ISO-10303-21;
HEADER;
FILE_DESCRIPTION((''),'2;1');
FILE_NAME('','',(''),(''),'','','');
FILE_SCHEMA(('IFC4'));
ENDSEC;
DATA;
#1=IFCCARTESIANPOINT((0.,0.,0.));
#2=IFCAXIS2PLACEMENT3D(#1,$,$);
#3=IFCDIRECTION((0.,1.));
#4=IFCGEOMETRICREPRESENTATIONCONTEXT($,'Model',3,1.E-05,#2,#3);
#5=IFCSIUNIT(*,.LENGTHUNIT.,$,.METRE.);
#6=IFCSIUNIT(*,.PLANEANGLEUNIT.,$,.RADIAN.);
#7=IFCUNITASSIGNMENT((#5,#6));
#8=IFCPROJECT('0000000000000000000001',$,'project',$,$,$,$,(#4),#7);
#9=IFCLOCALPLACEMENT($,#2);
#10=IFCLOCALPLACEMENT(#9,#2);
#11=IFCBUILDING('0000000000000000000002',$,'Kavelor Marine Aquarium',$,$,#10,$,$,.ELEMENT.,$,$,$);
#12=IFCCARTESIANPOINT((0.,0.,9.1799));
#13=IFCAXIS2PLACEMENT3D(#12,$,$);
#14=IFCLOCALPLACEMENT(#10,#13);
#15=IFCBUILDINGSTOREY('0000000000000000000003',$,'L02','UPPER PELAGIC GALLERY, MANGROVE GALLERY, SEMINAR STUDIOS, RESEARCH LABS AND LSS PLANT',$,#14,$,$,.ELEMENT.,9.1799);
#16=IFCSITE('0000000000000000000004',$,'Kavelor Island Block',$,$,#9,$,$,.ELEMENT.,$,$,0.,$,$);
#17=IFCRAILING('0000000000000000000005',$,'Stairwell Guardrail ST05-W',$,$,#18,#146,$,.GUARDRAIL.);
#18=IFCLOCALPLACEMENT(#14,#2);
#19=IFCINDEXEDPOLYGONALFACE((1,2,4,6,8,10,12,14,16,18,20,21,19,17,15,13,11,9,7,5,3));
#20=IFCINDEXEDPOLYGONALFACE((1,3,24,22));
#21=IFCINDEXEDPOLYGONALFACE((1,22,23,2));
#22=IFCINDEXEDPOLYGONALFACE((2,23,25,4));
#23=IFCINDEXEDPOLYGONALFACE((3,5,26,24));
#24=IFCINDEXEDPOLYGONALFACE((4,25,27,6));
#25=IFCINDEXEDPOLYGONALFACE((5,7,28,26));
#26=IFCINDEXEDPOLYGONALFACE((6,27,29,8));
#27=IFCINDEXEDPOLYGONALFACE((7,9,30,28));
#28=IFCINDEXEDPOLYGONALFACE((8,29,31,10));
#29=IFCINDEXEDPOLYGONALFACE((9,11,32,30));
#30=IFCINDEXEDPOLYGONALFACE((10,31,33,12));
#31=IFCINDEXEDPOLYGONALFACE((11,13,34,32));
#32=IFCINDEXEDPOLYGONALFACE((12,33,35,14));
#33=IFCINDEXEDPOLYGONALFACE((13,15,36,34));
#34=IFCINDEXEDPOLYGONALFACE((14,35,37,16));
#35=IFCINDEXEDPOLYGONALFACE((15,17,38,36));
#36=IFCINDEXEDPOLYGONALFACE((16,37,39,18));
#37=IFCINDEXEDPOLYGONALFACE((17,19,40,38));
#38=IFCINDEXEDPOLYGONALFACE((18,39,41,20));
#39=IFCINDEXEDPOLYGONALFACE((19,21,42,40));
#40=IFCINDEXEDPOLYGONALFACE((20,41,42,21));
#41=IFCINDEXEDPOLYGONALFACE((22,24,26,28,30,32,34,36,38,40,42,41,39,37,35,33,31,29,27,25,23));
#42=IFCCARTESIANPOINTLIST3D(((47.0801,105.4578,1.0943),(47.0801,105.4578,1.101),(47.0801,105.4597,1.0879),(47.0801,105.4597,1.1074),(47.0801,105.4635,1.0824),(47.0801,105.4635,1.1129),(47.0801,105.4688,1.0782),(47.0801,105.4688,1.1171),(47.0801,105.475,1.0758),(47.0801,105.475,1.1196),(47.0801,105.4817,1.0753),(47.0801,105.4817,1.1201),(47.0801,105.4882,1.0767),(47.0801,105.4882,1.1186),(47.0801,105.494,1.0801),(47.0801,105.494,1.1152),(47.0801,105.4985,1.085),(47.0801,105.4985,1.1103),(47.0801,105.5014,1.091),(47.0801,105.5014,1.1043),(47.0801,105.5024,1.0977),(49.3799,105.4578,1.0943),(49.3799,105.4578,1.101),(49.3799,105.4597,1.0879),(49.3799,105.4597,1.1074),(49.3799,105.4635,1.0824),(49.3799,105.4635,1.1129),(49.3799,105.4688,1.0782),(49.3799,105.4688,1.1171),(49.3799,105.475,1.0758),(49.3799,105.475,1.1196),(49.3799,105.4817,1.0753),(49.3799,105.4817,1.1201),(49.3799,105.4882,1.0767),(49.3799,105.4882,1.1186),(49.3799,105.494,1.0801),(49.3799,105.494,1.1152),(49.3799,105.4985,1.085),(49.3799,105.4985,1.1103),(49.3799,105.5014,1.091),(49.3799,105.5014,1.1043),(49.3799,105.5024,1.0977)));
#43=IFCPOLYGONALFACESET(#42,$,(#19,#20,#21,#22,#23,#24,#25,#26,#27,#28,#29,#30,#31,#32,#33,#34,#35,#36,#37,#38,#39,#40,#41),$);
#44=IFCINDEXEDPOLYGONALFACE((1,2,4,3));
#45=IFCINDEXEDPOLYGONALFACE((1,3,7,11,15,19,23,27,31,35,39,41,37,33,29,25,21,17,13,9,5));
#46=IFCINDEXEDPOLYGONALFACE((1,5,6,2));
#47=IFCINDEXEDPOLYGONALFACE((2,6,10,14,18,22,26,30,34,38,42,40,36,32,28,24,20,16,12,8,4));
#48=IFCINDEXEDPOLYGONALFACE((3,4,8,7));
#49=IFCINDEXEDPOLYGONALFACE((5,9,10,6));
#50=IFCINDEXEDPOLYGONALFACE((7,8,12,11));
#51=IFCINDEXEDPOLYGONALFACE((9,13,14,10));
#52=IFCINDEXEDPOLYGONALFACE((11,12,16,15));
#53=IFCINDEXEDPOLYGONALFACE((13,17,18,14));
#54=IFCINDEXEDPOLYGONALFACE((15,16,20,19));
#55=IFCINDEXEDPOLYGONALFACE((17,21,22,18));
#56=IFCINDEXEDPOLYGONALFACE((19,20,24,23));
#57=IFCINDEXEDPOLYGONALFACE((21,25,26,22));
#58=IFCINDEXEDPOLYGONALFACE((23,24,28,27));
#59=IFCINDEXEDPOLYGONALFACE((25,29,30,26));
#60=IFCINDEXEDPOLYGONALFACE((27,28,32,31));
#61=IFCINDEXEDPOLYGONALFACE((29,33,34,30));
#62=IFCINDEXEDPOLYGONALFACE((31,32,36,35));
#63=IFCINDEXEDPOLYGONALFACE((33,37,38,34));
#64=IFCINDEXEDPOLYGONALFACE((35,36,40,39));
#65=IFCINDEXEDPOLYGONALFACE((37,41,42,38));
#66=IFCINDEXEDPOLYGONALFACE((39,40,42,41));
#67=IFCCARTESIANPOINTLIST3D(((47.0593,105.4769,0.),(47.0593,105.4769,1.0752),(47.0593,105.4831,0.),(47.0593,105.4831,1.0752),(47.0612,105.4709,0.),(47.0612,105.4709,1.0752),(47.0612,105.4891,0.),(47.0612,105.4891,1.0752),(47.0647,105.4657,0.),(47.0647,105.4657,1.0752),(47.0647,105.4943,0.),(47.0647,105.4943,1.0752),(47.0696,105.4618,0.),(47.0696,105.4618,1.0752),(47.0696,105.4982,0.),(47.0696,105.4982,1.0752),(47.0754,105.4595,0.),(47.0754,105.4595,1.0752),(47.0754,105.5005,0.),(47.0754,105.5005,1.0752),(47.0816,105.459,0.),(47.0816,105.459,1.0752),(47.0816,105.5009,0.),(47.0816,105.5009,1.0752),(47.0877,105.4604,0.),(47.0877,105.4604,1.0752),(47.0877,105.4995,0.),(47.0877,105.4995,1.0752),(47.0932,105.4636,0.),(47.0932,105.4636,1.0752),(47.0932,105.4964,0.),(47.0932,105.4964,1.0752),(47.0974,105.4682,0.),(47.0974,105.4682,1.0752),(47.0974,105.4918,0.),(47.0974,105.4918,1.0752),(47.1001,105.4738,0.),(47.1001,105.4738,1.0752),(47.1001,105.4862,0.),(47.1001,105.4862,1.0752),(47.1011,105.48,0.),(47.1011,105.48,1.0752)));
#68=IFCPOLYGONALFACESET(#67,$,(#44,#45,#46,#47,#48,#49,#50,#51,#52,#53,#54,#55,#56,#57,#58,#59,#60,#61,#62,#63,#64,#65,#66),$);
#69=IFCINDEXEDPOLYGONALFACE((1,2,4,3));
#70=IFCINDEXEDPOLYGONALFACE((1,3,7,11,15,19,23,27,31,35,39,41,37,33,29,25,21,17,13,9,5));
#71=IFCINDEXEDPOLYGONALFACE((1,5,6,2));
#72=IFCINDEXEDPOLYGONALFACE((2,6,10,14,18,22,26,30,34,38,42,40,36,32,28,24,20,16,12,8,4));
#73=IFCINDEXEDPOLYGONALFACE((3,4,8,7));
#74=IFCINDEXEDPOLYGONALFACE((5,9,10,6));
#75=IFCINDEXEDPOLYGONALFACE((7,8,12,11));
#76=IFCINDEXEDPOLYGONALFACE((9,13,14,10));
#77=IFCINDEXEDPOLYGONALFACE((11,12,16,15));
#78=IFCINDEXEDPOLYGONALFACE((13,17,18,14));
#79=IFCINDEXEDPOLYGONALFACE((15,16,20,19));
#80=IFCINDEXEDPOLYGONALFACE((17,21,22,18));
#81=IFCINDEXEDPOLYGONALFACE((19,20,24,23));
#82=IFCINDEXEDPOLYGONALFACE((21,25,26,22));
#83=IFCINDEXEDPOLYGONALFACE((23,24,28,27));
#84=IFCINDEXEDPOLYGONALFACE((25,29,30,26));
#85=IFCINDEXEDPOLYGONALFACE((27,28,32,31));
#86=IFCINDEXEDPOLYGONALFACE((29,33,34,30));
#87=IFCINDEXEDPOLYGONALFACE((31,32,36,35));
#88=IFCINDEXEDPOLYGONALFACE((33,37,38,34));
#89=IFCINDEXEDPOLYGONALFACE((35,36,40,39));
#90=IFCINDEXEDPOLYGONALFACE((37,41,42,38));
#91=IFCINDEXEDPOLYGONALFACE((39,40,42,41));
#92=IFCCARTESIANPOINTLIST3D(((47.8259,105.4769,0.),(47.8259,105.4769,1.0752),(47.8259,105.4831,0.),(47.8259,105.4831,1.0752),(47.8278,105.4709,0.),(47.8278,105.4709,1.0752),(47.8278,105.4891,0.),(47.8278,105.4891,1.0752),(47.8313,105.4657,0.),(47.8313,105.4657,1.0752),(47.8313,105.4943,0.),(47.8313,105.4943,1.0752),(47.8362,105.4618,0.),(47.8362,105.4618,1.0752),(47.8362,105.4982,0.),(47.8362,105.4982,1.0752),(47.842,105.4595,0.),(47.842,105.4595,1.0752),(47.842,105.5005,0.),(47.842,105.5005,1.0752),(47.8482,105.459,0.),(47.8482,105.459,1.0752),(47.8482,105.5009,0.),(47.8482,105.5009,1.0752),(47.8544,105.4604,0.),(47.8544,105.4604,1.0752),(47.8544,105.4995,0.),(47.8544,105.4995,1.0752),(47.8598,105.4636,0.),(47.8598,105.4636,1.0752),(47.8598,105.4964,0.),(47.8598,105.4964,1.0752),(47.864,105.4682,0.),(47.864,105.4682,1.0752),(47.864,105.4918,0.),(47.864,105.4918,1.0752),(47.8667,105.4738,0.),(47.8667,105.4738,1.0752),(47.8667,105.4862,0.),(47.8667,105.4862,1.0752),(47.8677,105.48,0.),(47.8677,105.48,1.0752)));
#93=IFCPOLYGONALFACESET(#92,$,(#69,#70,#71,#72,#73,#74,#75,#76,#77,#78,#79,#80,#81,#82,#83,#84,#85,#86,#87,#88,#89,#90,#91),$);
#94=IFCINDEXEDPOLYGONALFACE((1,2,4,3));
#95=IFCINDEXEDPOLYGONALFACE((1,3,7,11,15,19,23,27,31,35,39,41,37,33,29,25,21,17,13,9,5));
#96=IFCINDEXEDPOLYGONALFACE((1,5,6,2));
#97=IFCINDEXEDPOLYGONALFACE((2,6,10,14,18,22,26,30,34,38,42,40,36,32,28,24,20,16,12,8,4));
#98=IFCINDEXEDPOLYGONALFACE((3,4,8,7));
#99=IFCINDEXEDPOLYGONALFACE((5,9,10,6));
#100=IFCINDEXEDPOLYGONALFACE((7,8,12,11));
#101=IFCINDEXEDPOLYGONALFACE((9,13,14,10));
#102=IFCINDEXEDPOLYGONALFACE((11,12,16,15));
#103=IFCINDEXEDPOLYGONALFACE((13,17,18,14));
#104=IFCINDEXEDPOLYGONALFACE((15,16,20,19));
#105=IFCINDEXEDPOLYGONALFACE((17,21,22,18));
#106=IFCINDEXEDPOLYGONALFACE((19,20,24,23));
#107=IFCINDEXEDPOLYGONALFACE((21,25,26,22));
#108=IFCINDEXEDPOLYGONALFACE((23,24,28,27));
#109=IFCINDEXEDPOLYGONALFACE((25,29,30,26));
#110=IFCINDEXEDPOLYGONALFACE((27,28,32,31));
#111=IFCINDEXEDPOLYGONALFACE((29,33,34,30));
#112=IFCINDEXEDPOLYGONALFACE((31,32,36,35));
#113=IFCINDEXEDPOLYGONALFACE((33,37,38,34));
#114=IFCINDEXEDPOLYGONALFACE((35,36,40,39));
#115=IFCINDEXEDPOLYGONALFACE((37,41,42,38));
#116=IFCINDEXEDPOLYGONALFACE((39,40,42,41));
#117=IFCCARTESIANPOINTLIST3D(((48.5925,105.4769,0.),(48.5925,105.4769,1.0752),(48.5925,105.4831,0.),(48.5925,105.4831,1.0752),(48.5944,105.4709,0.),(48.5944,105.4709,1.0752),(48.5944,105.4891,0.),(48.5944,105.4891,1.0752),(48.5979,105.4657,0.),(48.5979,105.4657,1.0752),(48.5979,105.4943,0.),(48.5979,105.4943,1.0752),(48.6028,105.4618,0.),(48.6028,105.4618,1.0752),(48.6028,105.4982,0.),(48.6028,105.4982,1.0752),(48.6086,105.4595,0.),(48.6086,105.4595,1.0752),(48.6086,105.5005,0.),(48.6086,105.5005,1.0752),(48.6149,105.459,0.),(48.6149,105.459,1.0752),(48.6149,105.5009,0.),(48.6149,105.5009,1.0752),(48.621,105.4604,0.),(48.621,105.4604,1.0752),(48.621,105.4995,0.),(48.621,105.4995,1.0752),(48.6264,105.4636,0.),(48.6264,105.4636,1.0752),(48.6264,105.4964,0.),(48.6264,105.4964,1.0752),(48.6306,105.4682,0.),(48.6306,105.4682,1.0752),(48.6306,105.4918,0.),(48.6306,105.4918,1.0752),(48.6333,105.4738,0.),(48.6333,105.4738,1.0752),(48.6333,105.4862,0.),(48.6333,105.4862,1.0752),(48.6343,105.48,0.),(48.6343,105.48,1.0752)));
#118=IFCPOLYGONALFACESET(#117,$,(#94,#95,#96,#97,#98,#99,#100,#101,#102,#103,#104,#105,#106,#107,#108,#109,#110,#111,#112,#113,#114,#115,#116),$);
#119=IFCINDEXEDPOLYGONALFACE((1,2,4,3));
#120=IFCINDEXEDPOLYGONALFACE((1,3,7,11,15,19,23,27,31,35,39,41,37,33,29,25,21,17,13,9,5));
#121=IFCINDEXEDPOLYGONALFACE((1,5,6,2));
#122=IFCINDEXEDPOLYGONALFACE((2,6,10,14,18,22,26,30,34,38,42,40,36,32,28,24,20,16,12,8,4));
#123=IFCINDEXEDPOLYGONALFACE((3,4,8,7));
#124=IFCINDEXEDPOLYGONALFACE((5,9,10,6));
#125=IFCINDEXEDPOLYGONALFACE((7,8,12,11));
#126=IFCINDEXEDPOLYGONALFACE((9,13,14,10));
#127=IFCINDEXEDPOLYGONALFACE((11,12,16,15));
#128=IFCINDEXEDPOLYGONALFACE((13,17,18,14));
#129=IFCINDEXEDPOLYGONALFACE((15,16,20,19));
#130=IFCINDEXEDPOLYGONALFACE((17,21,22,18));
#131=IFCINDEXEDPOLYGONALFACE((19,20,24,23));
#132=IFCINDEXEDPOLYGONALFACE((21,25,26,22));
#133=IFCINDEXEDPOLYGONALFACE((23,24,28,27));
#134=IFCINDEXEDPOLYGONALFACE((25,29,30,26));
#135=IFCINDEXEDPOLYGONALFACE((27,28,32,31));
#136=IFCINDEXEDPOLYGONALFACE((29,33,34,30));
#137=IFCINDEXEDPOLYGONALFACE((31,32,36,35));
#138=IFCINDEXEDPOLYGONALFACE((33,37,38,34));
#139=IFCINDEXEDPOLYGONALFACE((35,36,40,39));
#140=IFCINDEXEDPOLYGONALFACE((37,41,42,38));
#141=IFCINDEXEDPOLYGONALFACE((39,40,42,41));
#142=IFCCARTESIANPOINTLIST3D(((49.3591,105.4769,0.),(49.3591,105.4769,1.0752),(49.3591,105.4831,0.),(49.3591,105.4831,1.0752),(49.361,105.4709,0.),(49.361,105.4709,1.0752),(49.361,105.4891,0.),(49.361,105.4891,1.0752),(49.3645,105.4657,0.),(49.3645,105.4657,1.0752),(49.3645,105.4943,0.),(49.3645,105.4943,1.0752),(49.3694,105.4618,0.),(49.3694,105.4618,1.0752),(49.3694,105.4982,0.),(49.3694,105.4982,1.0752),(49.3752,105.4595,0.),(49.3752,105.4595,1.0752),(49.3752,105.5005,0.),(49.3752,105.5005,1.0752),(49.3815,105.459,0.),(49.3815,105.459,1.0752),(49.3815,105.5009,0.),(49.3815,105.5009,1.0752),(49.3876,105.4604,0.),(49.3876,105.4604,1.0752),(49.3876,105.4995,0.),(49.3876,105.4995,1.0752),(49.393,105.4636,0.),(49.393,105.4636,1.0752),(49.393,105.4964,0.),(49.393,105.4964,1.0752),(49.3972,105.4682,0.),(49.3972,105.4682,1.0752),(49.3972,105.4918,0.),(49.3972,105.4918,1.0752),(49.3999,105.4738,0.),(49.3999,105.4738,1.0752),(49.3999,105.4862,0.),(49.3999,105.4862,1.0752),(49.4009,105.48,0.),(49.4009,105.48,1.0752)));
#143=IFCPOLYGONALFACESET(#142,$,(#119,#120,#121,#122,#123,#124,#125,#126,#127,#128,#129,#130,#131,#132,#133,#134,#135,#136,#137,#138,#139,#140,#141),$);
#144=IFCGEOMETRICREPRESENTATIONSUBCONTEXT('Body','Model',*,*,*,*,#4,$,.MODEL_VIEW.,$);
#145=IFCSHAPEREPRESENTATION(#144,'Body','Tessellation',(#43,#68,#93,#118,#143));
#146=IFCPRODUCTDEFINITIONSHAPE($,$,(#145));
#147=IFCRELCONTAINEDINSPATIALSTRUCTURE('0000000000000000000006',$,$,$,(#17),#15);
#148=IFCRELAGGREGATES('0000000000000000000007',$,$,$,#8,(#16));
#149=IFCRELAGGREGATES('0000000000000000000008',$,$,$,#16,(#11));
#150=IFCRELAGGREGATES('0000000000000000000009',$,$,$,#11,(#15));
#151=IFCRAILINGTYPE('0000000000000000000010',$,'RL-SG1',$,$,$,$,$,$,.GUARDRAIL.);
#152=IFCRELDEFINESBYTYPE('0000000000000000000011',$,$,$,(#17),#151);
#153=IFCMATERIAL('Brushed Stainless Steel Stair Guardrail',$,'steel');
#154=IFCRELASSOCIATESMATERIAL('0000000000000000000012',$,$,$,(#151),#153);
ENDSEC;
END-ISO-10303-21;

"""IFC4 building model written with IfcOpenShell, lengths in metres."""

from ifc_helpers import new_model, si_unit, direction, frame, origin, origin_2d, place, context, subcontext, project, spatial, circle, extrude, material, type_object, element, save


model = new_model("IFC4")

# Units and contexts
model_context = context("Model", 3, precision=1e-05, world=origin(), true_north=direction((0.0, 1.0)))
body_context = subcontext(model_context, "Body", "Model", "MODEL_VIEW")
ifc_project = project(units=[si_unit("LENGTHUNIT", "METRE"), si_unit("PLANEANGLEUNIT", "RADIAN")], contexts=[model_context])

# Site, building, storey
site_placement = place(None, origin())
site = spatial("IfcSite", under=ifc_project, at=site_placement, Name="Kavelor Island Block", CompositionType="ELEMENT", RefElevation=0.0)
building_placement = place(site_placement, origin())
building = spatial("IfcBuilding", under=site, at=building_placement, Name="Kavelor Marine Aquarium", CompositionType="ELEMENT")
storey_placement = place(building_placement, frame((0.0, 0.0, 9.1799)))
storey = spatial("IfcBuildingStorey", under=building, at=storey_placement, Name="L02", Description="UPPER PELAGIC GALLERY, MANGROVE GALLERY, SEMINAR STUDIOS, RESEARCH LABS AND LSS PLANT", CompositionType="ELEMENT", Elevation=9.1799)

# Railing
ifc_material_1 = material(Name="Brushed Stainless Steel Stair Guardrail", Category="steel")
railing_type_1 = type_object("IfcRailingType", Name="RL-SG1", PredefinedType="GUARDRAIL", material=ifc_material_1)
railing_1_placement = place(storey_placement, frame((47.0801, 105.48, 0.0)))
element("IfcRailing", 1, at=railing_1_placement, inside=storey, type_object=railing_type_1, Name="Stairwell Guardrail ST05-W", PredefinedType="GUARDRAIL", context=body_context, shape_type="SweptSolid", body=[
    extrude(circle(Radius=0.0225, at=origin_2d()), frame((0.0, 0.0, 1.0977), z_axis=(1.0, 0.0, 0.0), x_axis=(0.0, 1.0, 0.0)), (0.0, 0.0, 1.0), 2.2998),
    extrude(circle(Radius=0.021, at=origin_2d()), origin(), (0.0, 0.0, 1.0), 1.0752),
    extrude(circle(Radius=0.021, at=origin_2d()), frame((0.7666, 0.0, 0.0)), (0.0, 0.0, 1.0), 1.0752),
    extrude(circle(Radius=0.021, at=origin_2d()), frame((1.5332, 0.0, 0.0)), (0.0, 0.0, 1.0), 1.0752),
    extrude(circle(Radius=0.021, at=origin_2d()), frame((2.2998, 0.0, 0.0)), (0.0, 0.0, 1.0), 1.0752),
])

save(model, "model.ifc")
